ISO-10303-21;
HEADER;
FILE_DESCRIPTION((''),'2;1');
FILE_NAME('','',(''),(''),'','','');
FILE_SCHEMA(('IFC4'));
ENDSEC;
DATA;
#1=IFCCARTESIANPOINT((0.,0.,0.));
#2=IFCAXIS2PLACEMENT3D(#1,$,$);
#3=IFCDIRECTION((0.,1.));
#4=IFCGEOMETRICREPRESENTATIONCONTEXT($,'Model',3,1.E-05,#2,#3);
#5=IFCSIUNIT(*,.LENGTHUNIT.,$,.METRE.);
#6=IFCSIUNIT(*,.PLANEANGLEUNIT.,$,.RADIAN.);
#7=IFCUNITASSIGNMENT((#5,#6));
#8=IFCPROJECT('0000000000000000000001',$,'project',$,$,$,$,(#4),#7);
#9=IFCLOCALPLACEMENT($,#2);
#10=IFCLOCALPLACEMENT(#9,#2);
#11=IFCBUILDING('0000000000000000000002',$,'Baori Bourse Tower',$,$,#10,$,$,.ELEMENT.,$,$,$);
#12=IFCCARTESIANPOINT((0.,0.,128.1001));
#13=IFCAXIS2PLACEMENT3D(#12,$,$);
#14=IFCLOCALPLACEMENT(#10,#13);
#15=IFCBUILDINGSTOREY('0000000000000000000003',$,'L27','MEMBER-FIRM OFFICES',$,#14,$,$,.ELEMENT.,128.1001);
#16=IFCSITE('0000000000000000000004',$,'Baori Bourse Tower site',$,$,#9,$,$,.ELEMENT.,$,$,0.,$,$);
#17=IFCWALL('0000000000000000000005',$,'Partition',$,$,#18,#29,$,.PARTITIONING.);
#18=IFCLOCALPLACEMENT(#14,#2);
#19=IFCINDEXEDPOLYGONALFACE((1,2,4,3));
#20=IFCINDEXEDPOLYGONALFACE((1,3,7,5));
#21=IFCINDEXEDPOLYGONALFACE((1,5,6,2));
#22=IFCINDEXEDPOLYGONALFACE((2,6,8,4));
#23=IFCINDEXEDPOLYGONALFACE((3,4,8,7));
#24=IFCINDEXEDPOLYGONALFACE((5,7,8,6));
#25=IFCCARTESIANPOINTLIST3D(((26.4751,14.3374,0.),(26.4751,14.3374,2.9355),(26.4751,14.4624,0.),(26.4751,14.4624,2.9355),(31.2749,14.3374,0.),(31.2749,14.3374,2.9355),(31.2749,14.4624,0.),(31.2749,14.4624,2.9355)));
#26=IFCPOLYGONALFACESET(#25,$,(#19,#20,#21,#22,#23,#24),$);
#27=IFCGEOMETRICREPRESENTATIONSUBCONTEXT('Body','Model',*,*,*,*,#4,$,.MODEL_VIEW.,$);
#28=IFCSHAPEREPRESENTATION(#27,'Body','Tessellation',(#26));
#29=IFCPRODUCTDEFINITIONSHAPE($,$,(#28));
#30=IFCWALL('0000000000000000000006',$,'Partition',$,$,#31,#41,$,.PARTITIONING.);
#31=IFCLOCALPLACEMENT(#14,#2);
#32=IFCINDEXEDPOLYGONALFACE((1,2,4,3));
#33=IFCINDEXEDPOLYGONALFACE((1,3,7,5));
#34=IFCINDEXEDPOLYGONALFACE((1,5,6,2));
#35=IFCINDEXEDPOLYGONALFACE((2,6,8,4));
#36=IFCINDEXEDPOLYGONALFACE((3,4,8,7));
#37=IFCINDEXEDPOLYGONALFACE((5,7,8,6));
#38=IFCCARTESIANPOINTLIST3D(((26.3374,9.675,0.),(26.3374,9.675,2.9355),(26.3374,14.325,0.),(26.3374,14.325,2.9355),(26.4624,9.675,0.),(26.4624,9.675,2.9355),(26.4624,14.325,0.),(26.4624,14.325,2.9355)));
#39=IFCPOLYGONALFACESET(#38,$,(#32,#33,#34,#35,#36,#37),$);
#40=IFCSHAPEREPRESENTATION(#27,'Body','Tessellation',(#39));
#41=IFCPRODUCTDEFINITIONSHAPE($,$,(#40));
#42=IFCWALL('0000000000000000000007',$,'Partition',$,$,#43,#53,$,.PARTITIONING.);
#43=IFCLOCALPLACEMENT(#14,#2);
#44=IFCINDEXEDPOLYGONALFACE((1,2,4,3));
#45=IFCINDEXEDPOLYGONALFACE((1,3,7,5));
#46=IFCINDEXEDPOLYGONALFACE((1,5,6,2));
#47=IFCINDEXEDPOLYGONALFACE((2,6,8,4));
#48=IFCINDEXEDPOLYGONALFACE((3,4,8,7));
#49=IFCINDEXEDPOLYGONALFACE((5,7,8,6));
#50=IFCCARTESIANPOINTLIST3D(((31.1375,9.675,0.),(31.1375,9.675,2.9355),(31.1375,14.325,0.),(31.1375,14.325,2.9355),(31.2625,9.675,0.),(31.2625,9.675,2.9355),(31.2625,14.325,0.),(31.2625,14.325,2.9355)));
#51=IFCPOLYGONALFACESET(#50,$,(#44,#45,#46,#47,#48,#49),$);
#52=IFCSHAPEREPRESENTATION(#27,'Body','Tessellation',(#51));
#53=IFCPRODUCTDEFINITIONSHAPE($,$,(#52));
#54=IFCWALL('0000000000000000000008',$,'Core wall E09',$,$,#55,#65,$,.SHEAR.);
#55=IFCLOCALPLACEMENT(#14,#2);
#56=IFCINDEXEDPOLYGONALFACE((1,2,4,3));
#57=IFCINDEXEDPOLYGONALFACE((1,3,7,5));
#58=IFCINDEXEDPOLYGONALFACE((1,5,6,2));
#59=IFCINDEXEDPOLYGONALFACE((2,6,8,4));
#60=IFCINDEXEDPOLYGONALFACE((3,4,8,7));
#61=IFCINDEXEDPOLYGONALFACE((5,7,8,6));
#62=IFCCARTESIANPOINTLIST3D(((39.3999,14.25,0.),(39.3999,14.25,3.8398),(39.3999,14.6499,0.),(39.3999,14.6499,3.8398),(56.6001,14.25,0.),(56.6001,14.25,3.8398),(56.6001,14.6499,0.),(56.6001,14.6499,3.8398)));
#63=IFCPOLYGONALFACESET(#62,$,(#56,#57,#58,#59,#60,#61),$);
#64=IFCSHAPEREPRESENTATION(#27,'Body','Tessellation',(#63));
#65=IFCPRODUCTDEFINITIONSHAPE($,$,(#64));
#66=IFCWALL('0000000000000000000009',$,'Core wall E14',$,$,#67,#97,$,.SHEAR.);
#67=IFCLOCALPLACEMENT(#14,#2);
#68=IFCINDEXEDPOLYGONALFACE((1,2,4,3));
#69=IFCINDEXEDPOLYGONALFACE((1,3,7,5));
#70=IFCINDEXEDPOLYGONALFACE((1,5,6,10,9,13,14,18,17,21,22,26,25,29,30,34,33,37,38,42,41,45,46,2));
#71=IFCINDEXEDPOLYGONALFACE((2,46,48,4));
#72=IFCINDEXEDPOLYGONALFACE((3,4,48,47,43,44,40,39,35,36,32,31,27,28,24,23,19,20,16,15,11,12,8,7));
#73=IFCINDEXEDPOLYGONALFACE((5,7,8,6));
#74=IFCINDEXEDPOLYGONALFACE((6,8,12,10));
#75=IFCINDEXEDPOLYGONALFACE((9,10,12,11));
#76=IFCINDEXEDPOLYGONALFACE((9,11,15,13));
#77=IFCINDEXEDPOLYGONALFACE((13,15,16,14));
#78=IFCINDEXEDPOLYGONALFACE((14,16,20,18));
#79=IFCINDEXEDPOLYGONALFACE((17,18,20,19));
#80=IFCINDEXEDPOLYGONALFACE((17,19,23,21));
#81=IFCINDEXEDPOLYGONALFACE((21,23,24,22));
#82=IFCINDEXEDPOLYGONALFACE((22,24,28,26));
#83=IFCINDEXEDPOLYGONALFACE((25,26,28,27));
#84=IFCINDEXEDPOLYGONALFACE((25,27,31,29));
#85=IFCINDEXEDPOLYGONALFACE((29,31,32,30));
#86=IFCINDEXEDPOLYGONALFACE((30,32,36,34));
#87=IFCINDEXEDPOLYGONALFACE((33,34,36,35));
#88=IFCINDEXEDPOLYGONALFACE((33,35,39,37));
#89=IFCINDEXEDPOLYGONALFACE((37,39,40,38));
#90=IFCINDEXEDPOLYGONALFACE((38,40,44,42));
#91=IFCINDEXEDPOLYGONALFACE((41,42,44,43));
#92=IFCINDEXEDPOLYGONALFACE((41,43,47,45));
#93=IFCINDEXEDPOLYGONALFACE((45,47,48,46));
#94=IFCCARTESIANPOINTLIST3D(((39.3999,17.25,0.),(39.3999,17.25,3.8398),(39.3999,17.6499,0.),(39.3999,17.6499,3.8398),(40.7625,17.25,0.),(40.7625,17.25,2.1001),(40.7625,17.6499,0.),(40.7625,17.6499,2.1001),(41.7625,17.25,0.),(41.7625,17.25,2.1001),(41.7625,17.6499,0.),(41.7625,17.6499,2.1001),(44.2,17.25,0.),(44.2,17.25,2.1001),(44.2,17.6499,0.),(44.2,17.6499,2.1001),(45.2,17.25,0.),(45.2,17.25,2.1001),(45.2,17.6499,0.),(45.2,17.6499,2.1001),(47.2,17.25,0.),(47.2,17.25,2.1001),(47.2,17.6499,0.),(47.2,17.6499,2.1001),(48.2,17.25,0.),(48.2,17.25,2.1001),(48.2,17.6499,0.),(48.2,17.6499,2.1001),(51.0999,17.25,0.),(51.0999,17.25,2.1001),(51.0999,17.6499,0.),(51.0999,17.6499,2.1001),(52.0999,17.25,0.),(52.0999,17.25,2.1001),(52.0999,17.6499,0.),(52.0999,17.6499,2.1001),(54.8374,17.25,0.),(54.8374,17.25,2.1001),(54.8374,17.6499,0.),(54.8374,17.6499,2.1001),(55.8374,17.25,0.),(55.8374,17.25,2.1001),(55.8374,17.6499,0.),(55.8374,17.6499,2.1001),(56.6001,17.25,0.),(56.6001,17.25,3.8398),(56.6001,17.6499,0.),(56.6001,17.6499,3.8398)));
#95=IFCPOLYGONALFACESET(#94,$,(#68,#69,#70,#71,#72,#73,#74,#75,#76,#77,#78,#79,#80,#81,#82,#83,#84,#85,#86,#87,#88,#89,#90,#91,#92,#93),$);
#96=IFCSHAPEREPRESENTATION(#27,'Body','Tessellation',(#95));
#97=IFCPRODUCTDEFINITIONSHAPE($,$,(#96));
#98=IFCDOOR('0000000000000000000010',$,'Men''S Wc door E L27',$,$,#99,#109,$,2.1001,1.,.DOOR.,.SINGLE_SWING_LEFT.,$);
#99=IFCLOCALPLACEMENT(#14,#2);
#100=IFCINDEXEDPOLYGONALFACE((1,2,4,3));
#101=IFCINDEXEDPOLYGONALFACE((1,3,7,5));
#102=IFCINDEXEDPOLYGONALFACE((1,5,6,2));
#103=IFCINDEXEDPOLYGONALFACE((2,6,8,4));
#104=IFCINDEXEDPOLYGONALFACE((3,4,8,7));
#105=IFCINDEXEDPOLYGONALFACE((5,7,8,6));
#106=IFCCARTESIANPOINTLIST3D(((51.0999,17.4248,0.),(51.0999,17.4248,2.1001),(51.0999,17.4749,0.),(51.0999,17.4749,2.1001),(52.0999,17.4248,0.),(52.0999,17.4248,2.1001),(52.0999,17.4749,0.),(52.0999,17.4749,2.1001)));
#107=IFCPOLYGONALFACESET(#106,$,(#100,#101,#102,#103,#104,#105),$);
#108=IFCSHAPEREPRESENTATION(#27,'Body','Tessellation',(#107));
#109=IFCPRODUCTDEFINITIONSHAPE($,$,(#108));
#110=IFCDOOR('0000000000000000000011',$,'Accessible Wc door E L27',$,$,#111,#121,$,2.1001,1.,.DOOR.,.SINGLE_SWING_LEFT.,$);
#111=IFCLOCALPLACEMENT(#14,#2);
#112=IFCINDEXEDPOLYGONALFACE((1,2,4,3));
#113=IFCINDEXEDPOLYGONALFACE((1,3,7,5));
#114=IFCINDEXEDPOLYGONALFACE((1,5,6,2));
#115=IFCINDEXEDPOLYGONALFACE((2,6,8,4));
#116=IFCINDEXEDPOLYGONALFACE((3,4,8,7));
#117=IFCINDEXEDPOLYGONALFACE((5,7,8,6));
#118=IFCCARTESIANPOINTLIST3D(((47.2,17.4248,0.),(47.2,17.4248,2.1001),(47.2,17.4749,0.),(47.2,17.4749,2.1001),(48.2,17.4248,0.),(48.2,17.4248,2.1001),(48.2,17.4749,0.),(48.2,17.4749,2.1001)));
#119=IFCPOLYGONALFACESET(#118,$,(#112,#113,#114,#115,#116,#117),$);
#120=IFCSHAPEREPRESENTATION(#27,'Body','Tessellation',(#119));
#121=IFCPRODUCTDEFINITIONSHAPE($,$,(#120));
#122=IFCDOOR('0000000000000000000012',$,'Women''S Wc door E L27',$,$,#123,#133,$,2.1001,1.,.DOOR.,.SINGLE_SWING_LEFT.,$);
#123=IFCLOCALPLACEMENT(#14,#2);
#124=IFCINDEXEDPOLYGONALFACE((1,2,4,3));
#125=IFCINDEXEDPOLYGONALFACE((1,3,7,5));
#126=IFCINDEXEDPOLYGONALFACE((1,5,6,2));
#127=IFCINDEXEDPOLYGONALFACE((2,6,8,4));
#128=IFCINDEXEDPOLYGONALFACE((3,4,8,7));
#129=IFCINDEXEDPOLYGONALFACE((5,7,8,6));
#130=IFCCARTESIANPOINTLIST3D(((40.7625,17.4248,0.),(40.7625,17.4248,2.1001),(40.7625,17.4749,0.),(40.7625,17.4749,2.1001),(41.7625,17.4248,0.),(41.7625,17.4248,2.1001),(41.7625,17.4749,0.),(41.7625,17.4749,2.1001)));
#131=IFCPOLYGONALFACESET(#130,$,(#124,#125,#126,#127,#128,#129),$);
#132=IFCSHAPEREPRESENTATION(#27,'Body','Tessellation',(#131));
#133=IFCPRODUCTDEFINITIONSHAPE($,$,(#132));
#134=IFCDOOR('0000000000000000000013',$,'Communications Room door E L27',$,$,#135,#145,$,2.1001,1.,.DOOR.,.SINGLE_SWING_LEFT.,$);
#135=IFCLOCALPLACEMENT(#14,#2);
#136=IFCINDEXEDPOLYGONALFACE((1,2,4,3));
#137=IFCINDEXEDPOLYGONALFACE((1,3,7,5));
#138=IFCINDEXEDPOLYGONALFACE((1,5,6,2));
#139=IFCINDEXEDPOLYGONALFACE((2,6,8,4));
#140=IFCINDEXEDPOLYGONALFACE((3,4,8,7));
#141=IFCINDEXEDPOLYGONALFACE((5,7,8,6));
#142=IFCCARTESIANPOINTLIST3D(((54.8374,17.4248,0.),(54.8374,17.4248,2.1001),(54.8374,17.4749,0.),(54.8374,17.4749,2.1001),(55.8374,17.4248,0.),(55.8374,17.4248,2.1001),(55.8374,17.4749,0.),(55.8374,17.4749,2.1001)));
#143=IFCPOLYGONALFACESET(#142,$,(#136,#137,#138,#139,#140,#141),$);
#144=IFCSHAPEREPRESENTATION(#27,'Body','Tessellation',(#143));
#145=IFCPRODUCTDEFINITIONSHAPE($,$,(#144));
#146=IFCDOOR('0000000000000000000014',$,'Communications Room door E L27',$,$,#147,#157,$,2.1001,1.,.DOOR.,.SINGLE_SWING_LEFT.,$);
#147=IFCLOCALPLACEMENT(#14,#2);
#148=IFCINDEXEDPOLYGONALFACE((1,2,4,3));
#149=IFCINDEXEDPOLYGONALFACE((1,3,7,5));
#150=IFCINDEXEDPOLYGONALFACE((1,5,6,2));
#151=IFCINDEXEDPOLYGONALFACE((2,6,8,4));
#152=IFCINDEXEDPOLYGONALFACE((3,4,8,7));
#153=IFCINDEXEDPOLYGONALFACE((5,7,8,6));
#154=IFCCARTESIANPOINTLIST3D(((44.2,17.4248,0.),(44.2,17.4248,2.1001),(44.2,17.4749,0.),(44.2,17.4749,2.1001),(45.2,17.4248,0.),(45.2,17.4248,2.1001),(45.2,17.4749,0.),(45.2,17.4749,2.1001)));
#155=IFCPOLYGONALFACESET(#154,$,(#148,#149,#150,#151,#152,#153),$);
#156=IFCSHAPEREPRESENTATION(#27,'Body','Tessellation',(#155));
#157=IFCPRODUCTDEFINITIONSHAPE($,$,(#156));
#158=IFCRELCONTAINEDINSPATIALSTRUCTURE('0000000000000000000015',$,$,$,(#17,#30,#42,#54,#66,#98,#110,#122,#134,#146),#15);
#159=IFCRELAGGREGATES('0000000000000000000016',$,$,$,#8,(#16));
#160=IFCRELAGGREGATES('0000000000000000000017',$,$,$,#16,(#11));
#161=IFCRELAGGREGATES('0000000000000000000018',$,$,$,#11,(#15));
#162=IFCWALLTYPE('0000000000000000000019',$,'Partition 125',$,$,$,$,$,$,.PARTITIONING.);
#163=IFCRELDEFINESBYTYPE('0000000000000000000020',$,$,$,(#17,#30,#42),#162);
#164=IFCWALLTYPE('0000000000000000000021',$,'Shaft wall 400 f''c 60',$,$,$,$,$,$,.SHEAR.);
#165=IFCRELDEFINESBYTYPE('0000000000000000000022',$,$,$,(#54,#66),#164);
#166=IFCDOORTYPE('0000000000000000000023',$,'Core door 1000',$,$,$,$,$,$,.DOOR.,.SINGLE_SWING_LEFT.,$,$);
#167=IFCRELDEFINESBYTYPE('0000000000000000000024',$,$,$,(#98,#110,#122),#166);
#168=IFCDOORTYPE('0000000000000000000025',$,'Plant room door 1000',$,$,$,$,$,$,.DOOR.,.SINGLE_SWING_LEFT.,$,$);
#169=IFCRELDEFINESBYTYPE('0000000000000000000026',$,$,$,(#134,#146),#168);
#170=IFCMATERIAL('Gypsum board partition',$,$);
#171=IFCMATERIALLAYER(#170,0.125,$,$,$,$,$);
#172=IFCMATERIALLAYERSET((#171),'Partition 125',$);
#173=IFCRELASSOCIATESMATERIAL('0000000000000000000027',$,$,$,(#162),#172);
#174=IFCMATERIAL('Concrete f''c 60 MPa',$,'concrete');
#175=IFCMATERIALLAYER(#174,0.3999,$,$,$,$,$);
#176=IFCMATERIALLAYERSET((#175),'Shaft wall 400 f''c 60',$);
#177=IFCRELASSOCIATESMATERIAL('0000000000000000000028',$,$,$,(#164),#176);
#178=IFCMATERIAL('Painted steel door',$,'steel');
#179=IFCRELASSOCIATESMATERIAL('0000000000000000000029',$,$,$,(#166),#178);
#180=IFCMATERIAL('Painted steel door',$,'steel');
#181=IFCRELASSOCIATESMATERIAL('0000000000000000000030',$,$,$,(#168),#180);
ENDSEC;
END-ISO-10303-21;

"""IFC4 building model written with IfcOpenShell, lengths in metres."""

from ifc_helpers import new_model, si_unit, direction, frame, frame_2d, origin, place, context, subcontext, project, spatial, rectangle, extrude, material, layer, layer_set, type_object, element, fill, save


model = new_model("IFC4")

# Units and contexts
model_context = context("Model", 3, precision=1e-05, world=origin(), true_north=direction((0.0, 1.0)))
body_context = subcontext(model_context, "Body", "Model", "MODEL_VIEW")
ifc_project = project(units=[si_unit("LENGTHUNIT", "METRE"), si_unit("PLANEANGLEUNIT", "RADIAN")], contexts=[model_context])

# Site, building, storey
site_placement = place(None, origin())
site = spatial("IfcSite", under=ifc_project, at=site_placement, Name="Baori Bourse Tower site", CompositionType="ELEMENT", RefElevation=0.0)
building_placement = place(site_placement, origin())
building = spatial("IfcBuilding", under=site, at=building_placement, Name="Baori Bourse Tower", CompositionType="ELEMENT")
storey_placement = place(building_placement, frame((0.0, 0.0, 128.1001)))
storey = spatial("IfcBuildingStorey", under=building, at=storey_placement, Name="L27", Description="MEMBER-FIRM OFFICES", CompositionType="ELEMENT", Elevation=128.1001)

# Walls
ifc_material_1 = material(Name="Gypsum board partition")
ifc_layer_1 = layer(ifc_material_1, 0.125)
ifc_layer_set_1 = layer_set([ifc_layer_1], Name="Partition 125")
wall_type_1 = type_object("IfcWallType", Name="Partition 125", PredefinedType="PARTITIONING", material=ifc_layer_set_1)
wall_1_placement = place(storey_placement, frame((26.4751, 14.3999, 0.0), z_axis=(0.0, 0.0, 1.0), x_axis=(1.0, 0.0, 0.0)))
element("IfcWall", 1, at=wall_1_placement, inside=storey, type_object=wall_type_1, Name="Partition", PredefinedType="PARTITIONING", context=body_context, shape_type="SweptSolid", body=[
    extrude(rectangle(XDim=4.7998, YDim=0.125, at=frame_2d((2.3999, 0.0))), origin(), (0.0, 0.0, 1.0), 2.9355),
])
for number, where, z_axis, x_axis, name in (
    (2, (26.3999, 9.675, 0.0), (0.0, 0.0, 1.0), (0.0, 1.0, 0.0), "Partition"),
    (3, (31.2, 9.675, 0.0), (0.0, 0.0, 1.0), (0.0, 1.0, 0.0), "Partition"),
):
    element("IfcWall", number, at=place(storey_placement, frame(where, z_axis=z_axis, x_axis=x_axis)), inside=storey, type_object=wall_type_1, Name=name, PredefinedType="PARTITIONING", context=body_context, shape_type="SweptSolid", body=[
        extrude(rectangle(XDim=4.6499, YDim=0.125, at=frame_2d((2.325, 0.0))), origin(), (0.0, 0.0, 1.0), 2.9355),
    ])
ifc_material_2 = material(Name="Concrete f'c 60 MPa", Category="concrete")
ifc_layer_2 = layer(ifc_material_2, 0.3999)
ifc_layer_set_2 = layer_set([ifc_layer_2], Name="Shaft wall 400 f'c 60")
wall_type_2 = type_object("IfcWallType", Name="Shaft wall 400 f'c 60", PredefinedType="SHEAR", material=ifc_layer_set_2)
wall_2_placement = place(storey_placement, frame((39.3999, 14.45, 0.0), z_axis=(0.0, 0.0, 1.0), x_axis=(1.0, 0.0, 0.0)))
element("IfcWall", 4, at=wall_2_placement, inside=storey, type_object=wall_type_2, Name="Core wall E09", PredefinedType="SHEAR", context=body_context, shape_type="SweptSolid", body=[
    extrude(rectangle(XDim=17.2002, YDim=0.3999, at=frame_2d((8.6001, 0.0))), origin(), (0.0, 0.0, 1.0), 3.8398),
])

# Wall, openings, doors
wall_3_placement = place(storey_placement, frame((39.3999, 17.45, 0.0), z_axis=(0.0, 0.0, 1.0), x_axis=(1.0, 0.0, 0.0)))
wall_3 = element("IfcWall", 5, at=wall_3_placement, inside=storey, type_object=wall_type_2, Name="Core wall E14", PredefinedType="SHEAR", context=body_context, shape_type="SweptSolid", body=[
    extrude(rectangle(XDim=17.2002, YDim=0.3999, at=frame_2d((8.6001, 0.0))), origin(), (0.0, 0.0, 1.0), 3.8398),
])
opening_1_placement = place(wall_3_placement, frame((15.4375, 0.0, 0.0)))
opening_1 = element("IfcOpeningElement", 6, at=opening_1_placement, cuts=wall_3, PredefinedType="OPENING", context=body_context, shape_type="SweptSolid", body=[
    extrude(rectangle(XDim=1.0, YDim=2.1001, at=frame_2d((0.5, 1.05))), frame((0.0, 0.21, 0.0), z_axis=(0.0, -1.0, 0.0), x_axis=(1.0, 0.0, 0.0)), (0.0, 0.0, 1.0), 0.4199),
])
opening_2_placement = place(wall_3_placement, frame((11.7, 0.0, 0.0)))
opening_2 = element("IfcOpeningElement", 7, at=opening_2_placement, cuts=wall_3, PredefinedType="OPENING", context=body_context, shape_type="SweptSolid", body=[
    extrude(rectangle(XDim=1.0, YDim=2.1001, at=frame_2d((0.5, 1.05))), frame((0.0, 0.21, 0.0), z_axis=(0.0, -1.0, 0.0), x_axis=(1.0, 0.0, 0.0)), (0.0, 0.0, 1.0), 0.4199),
])
opening_3_placement = place(wall_3_placement, frame((7.8, 0.0, 0.0)))
opening_3 = element("IfcOpeningElement", 8, at=opening_3_placement, cuts=wall_3, PredefinedType="OPENING", context=body_context, shape_type="SweptSolid", body=[
    extrude(rectangle(XDim=1.0, YDim=2.1001, at=frame_2d((0.5, 1.05))), frame((0.0, 0.21, 0.0), z_axis=(0.0, -1.0, 0.0), x_axis=(1.0, 0.0, 0.0)), (0.0, 0.0, 1.0), 0.4199),
])
opening_4_placement = place(wall_3_placement, frame((4.8, 0.0, 0.0)))
opening_4 = element("IfcOpeningElement", 9, at=opening_4_placement, cuts=wall_3, PredefinedType="OPENING", context=body_context, shape_type="SweptSolid", body=[
    extrude(rectangle(XDim=1.0, YDim=2.1001, at=frame_2d((0.5, 1.05))), frame((0.0, 0.21, 0.0), z_axis=(0.0, -1.0, 0.0), x_axis=(1.0, 0.0, 0.0)), (0.0, 0.0, 1.0), 0.4199),
])
opening_5_placement = place(wall_3_placement, frame((1.3625, 0.0, 0.0)))
opening_5 = element("IfcOpeningElement", 10, at=opening_5_placement, cuts=wall_3, PredefinedType="OPENING", context=body_context, shape_type="SweptSolid", body=[
    extrude(rectangle(XDim=1.0, YDim=2.1001, at=frame_2d((0.5, 1.05))), frame((0.0, 0.21, 0.0), z_axis=(0.0, -1.0, 0.0), x_axis=(1.0, 0.0, 0.0)), (0.0, 0.0, 1.0), 0.4199),
])
ifc_material_3 = material(Name="Painted steel door", Category="steel")
door_type_1 = type_object("IfcDoorType", Name="Core door 1000", OperationType="SINGLE_SWING_LEFT", PredefinedType="DOOR", material=ifc_material_3)
door_1_placement = place(opening_2_placement, origin())
door_1 = element("IfcDoor", 11, at=door_1_placement, inside=storey, type_object=door_type_1, Name="Men'S Wc door E L27", OperationType="SINGLE_SWING_LEFT", OverallHeight=2.1001, OverallWidth=1.0, PredefinedType="DOOR", context=body_context, shape_type="SweptSolid", body=[
    extrude(rectangle(XDim=1.0, YDim=2.1001, at=frame_2d((0.5, 1.05))), frame((0.0, 0.0249, 0.0), z_axis=(0.0, -1.0, 0.0), x_axis=(1.0, 0.0, 0.0)), (0.0, 0.0, 1.0), 0.05),
])
fill(opening_2, door_1)
door_2_placement = place(opening_3_placement, origin())
door_2 = element("IfcDoor", 12, at=door_2_placement, inside=storey, type_object=door_type_1, Name="Accessible Wc door E L27", OperationType="SINGLE_SWING_LEFT", OverallHeight=2.1001, OverallWidth=1.0, PredefinedType="DOOR", context=body_context, shape_type="SweptSolid", body=[
    extrude(rectangle(XDim=1.0, YDim=2.1001, at=frame_2d((0.5, 1.05))), frame((0.0, 0.0249, 0.0), z_axis=(0.0, -1.0, 0.0), x_axis=(1.0, 0.0, 0.0)), (0.0, 0.0, 1.0), 0.05),
])
fill(opening_3, door_2)
door_3_placement = place(opening_5_placement, origin())
door_3 = element("IfcDoor", 13, at=door_3_placement, inside=storey, type_object=door_type_1, Name="Women'S Wc door E L27", OperationType="SINGLE_SWING_LEFT", OverallHeight=2.1001, OverallWidth=1.0, PredefinedType="DOOR", context=body_context, shape_type="SweptSolid", body=[
    extrude(rectangle(XDim=1.0, YDim=2.1001, at=frame_2d((0.5, 1.05))), frame((0.0, 0.0249, 0.0), z_axis=(0.0, -1.0, 0.0), x_axis=(1.0, 0.0, 0.0)), (0.0, 0.0, 1.0), 0.05),
])
fill(opening_5, door_3)
ifc_material_4 = material(Name="Painted steel door", Category="steel")
door_type_2 = type_object("IfcDoorType", Name="Plant room door 1000", OperationType="SINGLE_SWING_LEFT", PredefinedType="DOOR", material=ifc_material_4)
door_4_placement = place(opening_1_placement, origin())
door_4 = element("IfcDoor", 14, at=door_4_placement, inside=storey, type_object=door_type_2, Name="Communications Room door E L27", OperationType="SINGLE_SWING_LEFT", OverallHeight=2.1001, OverallWidth=1.0, PredefinedType="DOOR", context=body_context, shape_type="SweptSolid", body=[
    extrude(rectangle(XDim=1.0, YDim=2.1001, at=frame_2d((0.5, 1.05))), frame((0.0, 0.0249, 0.0), z_axis=(0.0, -1.0, 0.0), x_axis=(1.0, 0.0, 0.0)), (0.0, 0.0, 1.0), 0.05),
])
fill(opening_1, door_4)
door_5_placement = place(opening_4_placement, origin())
door_5 = element("IfcDoor", 15, at=door_5_placement, inside=storey, type_object=door_type_2, Name="Communications Room door E L27", OperationType="SINGLE_SWING_LEFT", OverallHeight=2.1001, OverallWidth=1.0, PredefinedType="DOOR", context=body_context, shape_type="SweptSolid", body=[
    extrude(rectangle(XDim=1.0, YDim=2.1001, at=frame_2d((0.5, 1.05))), frame((0.0, 0.0249, 0.0), z_axis=(0.0, -1.0, 0.0), x_axis=(1.0, 0.0, 0.0)), (0.0, 0.0, 1.0), 0.05),
])
fill(opening_4, door_5)

save(model, "model.ifc")
